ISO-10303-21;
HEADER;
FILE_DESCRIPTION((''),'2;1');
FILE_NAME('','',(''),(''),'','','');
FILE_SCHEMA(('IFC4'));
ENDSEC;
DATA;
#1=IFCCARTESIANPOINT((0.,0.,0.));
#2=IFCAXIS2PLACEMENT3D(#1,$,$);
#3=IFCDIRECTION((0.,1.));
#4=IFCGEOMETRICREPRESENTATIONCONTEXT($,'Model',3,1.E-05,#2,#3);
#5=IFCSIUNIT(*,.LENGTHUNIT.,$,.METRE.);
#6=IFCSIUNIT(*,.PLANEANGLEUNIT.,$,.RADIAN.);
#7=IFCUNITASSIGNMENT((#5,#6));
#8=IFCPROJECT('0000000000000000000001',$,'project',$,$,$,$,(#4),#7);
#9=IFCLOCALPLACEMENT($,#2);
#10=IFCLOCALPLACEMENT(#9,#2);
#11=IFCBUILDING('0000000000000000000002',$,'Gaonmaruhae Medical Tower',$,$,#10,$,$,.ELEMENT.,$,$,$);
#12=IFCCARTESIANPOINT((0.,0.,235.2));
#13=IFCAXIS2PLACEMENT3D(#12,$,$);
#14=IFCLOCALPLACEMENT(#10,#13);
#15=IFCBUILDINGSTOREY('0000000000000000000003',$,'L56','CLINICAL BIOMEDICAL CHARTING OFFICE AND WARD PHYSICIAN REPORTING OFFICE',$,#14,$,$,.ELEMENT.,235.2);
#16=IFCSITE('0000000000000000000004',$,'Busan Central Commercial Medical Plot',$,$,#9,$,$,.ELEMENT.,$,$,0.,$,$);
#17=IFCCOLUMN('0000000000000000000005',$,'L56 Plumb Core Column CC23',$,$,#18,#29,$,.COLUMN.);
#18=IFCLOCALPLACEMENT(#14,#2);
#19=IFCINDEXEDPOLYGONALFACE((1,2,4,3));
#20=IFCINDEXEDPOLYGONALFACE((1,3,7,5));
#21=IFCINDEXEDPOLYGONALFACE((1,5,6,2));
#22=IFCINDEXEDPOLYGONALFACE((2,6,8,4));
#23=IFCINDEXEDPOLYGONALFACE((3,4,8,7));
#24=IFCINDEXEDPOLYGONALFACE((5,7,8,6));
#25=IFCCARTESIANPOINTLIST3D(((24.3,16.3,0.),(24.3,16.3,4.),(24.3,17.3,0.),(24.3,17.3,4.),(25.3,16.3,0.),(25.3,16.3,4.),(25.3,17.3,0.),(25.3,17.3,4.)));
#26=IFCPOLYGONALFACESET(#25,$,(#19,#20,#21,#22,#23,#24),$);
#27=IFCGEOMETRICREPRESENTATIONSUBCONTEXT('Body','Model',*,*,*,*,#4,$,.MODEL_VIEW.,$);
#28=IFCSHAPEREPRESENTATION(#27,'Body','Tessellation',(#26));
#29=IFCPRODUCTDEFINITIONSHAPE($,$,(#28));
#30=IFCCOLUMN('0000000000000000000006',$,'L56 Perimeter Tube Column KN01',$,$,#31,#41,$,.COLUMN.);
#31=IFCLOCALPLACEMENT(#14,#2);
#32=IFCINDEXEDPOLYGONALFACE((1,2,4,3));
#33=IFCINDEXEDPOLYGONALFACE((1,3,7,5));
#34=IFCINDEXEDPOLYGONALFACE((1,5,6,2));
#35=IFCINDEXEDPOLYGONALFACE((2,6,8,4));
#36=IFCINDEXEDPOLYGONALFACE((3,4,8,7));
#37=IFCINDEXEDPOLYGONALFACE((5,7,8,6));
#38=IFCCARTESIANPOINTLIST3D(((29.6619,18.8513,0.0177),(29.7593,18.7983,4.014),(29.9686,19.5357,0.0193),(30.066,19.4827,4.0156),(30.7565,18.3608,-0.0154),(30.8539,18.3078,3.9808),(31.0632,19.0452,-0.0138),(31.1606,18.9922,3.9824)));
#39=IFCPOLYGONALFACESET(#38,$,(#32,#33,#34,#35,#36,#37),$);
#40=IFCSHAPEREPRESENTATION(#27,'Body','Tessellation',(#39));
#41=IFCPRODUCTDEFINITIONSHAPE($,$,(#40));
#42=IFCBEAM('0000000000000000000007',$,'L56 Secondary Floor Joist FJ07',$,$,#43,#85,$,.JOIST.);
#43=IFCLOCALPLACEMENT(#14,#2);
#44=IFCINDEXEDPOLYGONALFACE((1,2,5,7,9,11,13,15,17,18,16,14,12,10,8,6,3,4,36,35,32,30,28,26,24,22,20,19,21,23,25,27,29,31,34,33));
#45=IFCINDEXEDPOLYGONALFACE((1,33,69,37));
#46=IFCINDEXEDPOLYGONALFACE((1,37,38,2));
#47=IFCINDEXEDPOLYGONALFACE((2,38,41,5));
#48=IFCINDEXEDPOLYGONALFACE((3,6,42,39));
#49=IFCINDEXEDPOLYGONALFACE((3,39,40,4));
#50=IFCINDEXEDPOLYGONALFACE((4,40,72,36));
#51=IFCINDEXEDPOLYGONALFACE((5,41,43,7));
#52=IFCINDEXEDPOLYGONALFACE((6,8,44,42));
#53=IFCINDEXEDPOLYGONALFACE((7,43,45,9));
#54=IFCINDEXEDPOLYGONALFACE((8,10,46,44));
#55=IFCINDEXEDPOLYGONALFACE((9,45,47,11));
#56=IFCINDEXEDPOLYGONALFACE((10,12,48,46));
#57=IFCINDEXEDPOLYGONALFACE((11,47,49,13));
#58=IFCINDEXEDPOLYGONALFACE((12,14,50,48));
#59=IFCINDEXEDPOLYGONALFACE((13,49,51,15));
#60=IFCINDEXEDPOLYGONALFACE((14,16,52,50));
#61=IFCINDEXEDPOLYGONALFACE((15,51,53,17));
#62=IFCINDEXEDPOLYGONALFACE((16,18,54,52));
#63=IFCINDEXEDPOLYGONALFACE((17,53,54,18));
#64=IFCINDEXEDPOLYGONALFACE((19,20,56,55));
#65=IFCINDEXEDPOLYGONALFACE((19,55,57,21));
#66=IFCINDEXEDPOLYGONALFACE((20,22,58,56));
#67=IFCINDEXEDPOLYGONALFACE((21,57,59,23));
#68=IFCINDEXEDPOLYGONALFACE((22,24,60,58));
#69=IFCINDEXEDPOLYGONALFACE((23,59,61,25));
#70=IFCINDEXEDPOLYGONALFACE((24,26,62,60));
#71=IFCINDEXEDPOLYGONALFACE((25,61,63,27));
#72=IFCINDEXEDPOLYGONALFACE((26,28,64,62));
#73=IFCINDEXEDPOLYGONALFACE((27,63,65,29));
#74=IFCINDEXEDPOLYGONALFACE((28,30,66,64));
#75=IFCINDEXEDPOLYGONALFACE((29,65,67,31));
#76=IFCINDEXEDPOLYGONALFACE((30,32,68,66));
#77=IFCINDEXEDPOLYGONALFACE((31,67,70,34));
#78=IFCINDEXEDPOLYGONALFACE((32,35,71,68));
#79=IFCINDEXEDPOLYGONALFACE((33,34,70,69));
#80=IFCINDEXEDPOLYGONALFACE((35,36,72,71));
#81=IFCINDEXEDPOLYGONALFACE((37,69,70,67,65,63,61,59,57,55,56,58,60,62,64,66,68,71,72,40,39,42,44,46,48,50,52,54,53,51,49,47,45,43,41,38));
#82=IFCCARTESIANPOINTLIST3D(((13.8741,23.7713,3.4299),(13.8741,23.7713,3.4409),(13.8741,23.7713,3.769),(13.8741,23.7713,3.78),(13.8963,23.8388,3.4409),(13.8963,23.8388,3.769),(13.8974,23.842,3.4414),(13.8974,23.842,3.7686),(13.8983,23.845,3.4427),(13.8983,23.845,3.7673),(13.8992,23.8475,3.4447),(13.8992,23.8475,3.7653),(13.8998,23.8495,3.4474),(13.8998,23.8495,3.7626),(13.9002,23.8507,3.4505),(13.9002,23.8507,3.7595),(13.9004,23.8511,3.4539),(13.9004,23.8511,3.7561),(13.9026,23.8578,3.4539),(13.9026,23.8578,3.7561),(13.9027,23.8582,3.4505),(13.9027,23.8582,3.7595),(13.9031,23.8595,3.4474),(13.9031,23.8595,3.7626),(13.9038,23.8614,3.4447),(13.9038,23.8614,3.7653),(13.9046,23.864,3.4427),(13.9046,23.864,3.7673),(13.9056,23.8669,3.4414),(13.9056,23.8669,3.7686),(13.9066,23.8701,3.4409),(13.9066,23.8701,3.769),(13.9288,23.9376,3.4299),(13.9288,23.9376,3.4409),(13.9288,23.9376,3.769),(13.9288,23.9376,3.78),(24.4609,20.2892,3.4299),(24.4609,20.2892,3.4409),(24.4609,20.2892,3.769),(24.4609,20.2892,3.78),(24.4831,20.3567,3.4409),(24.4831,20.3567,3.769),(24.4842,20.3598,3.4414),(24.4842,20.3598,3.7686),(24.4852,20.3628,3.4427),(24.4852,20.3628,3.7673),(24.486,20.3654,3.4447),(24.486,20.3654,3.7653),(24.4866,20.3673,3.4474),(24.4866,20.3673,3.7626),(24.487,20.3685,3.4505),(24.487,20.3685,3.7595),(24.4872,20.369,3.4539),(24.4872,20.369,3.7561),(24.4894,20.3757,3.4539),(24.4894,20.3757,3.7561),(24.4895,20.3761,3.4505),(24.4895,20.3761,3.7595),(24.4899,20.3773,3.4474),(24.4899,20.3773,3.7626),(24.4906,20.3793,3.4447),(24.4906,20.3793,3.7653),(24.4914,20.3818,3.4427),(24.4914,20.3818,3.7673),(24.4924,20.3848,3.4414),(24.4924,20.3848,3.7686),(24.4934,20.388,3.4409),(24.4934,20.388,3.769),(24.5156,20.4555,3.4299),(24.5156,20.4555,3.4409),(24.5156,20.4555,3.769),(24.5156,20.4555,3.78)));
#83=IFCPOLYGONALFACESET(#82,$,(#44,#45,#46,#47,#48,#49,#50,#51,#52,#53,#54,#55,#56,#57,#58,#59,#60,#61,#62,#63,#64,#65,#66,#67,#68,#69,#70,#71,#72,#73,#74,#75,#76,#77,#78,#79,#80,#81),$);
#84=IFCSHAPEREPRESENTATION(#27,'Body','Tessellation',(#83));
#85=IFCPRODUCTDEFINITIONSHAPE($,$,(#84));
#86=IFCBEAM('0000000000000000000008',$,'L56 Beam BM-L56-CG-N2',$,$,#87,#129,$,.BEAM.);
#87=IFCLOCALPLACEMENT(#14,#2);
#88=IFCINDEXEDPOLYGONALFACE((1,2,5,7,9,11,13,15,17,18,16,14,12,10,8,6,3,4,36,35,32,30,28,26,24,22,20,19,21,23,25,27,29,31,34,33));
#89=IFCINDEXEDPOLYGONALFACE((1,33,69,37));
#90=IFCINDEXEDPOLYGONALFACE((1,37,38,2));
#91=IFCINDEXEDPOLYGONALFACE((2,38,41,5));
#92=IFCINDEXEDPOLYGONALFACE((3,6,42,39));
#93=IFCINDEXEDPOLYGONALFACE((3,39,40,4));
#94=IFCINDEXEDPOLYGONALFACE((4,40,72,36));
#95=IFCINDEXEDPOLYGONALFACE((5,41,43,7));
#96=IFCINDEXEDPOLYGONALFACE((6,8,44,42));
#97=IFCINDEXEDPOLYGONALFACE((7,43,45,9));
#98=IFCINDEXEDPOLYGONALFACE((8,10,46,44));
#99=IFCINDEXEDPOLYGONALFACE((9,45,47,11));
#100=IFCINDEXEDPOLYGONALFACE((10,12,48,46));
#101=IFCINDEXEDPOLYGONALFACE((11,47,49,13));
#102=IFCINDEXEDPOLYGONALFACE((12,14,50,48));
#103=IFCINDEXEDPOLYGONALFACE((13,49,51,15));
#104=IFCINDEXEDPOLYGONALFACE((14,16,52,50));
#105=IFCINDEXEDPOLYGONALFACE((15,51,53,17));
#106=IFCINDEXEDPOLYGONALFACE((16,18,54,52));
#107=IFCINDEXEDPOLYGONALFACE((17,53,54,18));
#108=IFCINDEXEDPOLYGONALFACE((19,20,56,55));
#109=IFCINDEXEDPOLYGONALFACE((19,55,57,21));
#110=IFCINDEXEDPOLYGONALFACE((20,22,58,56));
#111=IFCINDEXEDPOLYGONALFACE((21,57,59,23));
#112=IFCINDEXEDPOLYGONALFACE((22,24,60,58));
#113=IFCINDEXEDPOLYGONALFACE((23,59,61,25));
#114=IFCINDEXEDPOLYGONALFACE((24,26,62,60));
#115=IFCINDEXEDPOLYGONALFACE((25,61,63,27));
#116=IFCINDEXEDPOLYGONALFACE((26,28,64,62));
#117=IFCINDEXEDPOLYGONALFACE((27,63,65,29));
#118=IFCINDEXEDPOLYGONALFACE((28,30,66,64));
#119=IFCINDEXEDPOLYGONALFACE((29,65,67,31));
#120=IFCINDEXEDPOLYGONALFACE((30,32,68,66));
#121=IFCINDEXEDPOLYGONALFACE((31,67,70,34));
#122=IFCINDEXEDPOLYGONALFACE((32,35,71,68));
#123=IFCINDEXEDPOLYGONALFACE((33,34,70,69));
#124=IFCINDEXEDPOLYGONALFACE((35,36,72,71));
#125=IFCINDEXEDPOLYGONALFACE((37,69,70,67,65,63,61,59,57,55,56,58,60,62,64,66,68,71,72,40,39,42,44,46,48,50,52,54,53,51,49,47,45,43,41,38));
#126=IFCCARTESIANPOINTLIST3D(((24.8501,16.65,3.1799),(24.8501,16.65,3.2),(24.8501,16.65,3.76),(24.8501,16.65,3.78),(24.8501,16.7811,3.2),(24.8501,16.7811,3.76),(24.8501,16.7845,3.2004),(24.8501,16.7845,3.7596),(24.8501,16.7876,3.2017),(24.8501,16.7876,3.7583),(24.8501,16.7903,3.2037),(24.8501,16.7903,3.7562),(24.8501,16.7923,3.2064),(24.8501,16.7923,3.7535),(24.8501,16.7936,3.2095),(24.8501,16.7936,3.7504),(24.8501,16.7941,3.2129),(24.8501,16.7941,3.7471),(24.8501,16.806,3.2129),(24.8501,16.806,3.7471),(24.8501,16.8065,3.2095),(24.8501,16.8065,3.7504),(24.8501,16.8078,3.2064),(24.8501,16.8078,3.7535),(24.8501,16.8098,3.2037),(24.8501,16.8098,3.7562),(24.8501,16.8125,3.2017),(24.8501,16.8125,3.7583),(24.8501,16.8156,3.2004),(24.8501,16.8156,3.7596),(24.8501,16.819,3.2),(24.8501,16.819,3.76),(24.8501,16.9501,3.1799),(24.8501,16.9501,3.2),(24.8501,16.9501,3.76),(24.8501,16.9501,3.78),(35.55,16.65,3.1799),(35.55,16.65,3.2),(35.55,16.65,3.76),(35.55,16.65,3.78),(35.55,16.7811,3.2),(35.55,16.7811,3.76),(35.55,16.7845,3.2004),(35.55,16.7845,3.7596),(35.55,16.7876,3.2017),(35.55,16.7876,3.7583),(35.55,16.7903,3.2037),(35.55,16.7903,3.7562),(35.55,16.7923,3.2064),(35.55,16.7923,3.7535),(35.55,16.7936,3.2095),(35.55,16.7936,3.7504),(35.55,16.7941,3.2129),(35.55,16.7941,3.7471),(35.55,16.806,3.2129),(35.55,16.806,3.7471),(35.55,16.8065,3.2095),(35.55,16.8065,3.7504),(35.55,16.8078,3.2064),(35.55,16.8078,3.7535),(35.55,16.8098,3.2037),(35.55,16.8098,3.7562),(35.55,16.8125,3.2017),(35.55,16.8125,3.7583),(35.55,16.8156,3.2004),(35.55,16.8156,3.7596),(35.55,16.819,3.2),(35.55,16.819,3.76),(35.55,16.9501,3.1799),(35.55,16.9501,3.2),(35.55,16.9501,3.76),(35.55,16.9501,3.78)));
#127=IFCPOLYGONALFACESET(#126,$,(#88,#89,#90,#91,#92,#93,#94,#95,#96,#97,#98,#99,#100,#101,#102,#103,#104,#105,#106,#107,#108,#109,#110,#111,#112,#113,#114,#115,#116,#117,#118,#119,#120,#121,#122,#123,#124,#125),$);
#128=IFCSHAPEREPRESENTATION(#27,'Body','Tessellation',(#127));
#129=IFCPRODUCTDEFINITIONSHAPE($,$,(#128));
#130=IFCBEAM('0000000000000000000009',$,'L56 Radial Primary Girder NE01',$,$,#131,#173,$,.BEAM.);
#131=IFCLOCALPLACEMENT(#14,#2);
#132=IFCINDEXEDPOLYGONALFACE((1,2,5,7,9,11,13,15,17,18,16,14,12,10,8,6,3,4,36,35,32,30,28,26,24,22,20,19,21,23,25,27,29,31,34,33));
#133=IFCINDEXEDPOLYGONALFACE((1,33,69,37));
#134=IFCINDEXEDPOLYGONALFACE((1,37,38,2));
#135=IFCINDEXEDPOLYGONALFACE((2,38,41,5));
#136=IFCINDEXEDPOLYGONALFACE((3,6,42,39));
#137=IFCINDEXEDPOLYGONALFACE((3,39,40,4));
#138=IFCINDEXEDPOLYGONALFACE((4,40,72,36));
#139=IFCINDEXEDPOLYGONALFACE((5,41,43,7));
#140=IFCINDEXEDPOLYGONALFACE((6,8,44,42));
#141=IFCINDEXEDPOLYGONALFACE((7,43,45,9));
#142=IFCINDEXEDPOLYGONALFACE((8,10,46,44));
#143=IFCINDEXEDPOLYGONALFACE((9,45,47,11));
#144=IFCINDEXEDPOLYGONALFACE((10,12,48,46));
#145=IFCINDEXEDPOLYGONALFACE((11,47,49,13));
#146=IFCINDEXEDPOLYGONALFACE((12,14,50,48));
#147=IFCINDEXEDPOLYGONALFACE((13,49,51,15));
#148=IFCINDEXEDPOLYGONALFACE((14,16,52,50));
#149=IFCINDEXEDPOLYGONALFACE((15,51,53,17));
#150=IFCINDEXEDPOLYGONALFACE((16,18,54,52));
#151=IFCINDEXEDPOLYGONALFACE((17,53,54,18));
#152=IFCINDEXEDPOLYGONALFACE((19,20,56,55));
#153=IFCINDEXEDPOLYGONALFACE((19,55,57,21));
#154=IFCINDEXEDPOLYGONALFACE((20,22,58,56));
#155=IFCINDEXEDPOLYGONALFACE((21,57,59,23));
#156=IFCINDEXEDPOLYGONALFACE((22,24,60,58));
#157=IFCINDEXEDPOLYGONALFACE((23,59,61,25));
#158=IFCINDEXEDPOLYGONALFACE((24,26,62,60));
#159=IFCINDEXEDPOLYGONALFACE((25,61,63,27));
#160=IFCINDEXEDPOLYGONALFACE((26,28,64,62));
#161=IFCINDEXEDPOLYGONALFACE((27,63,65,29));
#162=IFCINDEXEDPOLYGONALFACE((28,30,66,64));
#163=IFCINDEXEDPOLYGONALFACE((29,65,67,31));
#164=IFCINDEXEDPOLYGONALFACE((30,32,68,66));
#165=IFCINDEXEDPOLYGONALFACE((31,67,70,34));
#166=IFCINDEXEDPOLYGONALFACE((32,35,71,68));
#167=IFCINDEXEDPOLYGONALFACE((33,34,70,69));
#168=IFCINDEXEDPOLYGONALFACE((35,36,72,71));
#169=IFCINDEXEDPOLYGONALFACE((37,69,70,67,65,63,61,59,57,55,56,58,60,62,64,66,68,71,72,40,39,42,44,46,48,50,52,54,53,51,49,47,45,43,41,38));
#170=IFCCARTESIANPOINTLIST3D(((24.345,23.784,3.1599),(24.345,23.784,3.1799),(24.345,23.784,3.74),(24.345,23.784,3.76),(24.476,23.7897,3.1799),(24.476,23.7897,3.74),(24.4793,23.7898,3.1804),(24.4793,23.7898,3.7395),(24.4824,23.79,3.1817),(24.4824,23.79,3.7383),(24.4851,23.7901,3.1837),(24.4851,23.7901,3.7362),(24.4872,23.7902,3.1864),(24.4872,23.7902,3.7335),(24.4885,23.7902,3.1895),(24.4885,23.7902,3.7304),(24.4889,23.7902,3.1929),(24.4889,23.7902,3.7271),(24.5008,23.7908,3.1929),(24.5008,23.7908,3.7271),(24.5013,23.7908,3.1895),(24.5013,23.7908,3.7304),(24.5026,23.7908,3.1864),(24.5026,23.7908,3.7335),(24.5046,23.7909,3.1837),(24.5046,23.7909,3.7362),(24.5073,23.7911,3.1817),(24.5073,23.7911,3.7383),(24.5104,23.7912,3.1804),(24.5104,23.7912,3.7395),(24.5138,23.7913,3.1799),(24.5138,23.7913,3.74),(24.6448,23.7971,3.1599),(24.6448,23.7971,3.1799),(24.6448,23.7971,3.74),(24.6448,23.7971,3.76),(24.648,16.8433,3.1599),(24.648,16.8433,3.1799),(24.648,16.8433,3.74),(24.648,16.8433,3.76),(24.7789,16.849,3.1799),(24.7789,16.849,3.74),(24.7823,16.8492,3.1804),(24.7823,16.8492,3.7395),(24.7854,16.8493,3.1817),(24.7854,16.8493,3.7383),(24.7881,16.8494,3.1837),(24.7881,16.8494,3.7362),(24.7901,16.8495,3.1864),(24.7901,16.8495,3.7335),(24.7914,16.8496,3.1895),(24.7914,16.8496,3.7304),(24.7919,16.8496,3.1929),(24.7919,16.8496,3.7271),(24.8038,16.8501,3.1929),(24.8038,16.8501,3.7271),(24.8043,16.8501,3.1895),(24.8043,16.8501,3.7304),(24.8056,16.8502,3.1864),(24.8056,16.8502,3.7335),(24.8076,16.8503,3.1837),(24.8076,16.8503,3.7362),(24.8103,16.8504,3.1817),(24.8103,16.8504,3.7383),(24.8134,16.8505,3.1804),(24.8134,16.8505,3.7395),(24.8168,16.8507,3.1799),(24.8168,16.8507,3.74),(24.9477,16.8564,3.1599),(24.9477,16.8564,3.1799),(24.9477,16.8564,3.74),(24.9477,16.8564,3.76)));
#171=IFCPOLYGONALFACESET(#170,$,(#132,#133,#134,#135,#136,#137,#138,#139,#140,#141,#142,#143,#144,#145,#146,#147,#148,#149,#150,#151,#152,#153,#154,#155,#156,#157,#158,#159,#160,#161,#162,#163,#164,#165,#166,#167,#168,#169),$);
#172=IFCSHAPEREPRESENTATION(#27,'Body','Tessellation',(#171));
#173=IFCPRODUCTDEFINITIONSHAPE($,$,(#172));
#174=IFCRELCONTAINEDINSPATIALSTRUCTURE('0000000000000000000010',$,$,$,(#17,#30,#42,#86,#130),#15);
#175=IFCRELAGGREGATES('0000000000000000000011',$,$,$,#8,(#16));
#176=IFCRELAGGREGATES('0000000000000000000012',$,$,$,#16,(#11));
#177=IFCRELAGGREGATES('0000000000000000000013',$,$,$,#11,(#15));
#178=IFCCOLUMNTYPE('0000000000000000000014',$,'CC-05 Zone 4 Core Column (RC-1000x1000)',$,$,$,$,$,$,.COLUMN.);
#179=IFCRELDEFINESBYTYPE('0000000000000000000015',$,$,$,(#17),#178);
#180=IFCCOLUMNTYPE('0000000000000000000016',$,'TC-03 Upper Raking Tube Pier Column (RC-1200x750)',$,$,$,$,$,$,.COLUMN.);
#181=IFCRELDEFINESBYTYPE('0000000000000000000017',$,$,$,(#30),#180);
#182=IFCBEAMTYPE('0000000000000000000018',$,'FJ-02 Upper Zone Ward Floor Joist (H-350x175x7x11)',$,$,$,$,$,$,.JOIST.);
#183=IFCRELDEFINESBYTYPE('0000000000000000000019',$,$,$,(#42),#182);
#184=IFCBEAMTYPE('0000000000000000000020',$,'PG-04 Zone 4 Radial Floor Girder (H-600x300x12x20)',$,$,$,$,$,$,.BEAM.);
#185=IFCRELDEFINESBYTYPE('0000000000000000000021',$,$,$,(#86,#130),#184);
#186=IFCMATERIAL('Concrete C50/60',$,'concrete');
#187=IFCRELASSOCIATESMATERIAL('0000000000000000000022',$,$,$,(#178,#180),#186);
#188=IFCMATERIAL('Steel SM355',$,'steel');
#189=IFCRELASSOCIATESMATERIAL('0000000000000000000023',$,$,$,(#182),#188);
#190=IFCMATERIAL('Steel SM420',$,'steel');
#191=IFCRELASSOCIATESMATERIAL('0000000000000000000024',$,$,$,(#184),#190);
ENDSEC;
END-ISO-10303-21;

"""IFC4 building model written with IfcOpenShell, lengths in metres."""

from ifc_helpers import new_model, si_unit, direction, frame, origin, origin_2d, place, context, subcontext, project, spatial, rectangle, i_section, extrude, material, material_profile, profile_set, type_object, element, save


model = new_model("IFC4")

# Units and contexts
model_context = context("Model", 3, precision=1e-05, world=origin(), true_north=direction((0.0, 1.0)))
body_context = subcontext(model_context, "Body", "Model", "MODEL_VIEW")
ifc_project = project(units=[si_unit("LENGTHUNIT", "METRE"), si_unit("PLANEANGLEUNIT", "RADIAN")], contexts=[model_context])

# Site, building, storey
site_placement = place(None, origin())
site = spatial("IfcSite", under=ifc_project, at=site_placement, Name="Busan Central Commercial Medical Plot", CompositionType="ELEMENT", RefElevation=0.0)
building_placement = place(site_placement, origin())
building = spatial("IfcBuilding", under=site, at=building_placement, Name="Gaonmaruhae Medical Tower", CompositionType="ELEMENT")
storey_placement = place(building_placement, frame((0.0, 0.0, 235.2)))
storey = spatial("IfcBuildingStorey", under=building, at=storey_placement, Name="L56", Description="CLINICAL BIOMEDICAL CHARTING OFFICE AND WARD PHYSICIAN REPORTING OFFICE", CompositionType="ELEMENT", Elevation=235.2)

# Columns
ifc_material_1 = material(Name="Concrete C50/60", Category="concrete")
ifc_material_profile_1 = material_profile(ifc_material_1, rectangle(XDim=1.0, YDim=1.0, at=origin_2d()), Name="RC-1000x1000")
ifc_profile_set_1 = profile_set([ifc_material_profile_1], Name="Concrete C50/60")
column_type_1 = type_object("IfcColumnType", Name="CC-05 Zone 4 Core Column (RC-1000x1000)", PredefinedType="COLUMN", material=ifc_profile_set_1)
column_1_placement = place(storey_placement, frame((24.8, 16.8, 0.0), z_axis=(0.0, 0.0, 1.0), x_axis=(1.0, 0.0, 0.0)))
element("IfcColumn", 1, at=column_1_placement, inside=storey, type_object=column_type_1, Name="L56 Plumb Core Column CC23", PredefinedType="COLUMN", context=body_context, shape_type="SweptSolid", body=[
    extrude(rectangle(XDim=1.0, YDim=1.0, at=origin_2d()), origin(), (0.0, 0.0, 1.0), 4.0),
])
ifc_material_profile_2 = material_profile(ifc_material_1, rectangle(XDim=1.2, YDim=0.75, at=origin_2d()), Name="RC-1200x750")
ifc_profile_set_2 = profile_set([ifc_material_profile_2], Name="Concrete C50/60")
column_type_2 = type_object("IfcColumnType", Name="TC-03 Upper Raking Tube Pier Column (RC-1200x750)", PredefinedType="COLUMN", material=ifc_profile_set_2)
column_2_placement = place(storey_placement, frame((30.3625, 18.9482, 0.002), z_axis=(0.024366, -0.013252, 0.999615), x_axis=(-0.912212, 0.408784, 0.027655)))
element("IfcColumn", 2, at=column_2_placement, inside=storey, type_object=column_type_2, Name="L56 Perimeter Tube Column KN01", PredefinedType="COLUMN", context=body_context, shape_type="SweptSolid", body=[
    extrude(rectangle(XDim=1.2, YDim=0.75, at=origin_2d()), origin(), (0.0, 0.0, 1.0), 3.9978),
])

# Beams
ifc_material_2 = material(Name="Steel SM355", Category="steel")
ifc_material_profile_3 = material_profile(ifc_material_2, i_section(OverallWidth=0.175, OverallDepth=0.3501, WebThickness=0.0071, FlangeThickness=0.011, FilletRadius=0.0129, at=origin_2d()), Name="H-350x175x7x11")
ifc_profile_set_3 = profile_set([ifc_material_profile_3], Name="Steel SM355")
beam_type_1 = type_object("IfcBeamType", Name="FJ-02 Upper Zone Ward Floor Joist (H-350x175x7x11)", PredefinedType="JOIST", material=ifc_profile_set_3)
beam_1_placement = place(storey_placement, frame((24.4883, 20.3723, 3.605), z_axis=(-0.949935, 0.312446, 0.0), x_axis=(-0.312446, -0.949935, 0.0)))
element("IfcBeam", 3, at=beam_1_placement, inside=storey, type_object=beam_type_1, Name="L56 Secondary Floor Joist FJ07", PredefinedType="JOIST", context=body_context, shape_type="SweptSolid", body=[
    extrude(i_section(OverallWidth=0.175, OverallDepth=0.3501, WebThickness=0.0071, FlangeThickness=0.011, FilletRadius=0.0129, at=origin_2d()), origin(), (0.0, 0.0, 1.0), 11.1448),
])
ifc_material_3 = material(Name="Steel SM420", Category="steel")
ifc_material_profile_4 = material_profile(ifc_material_3, i_section(OverallWidth=0.3, OverallDepth=0.6001, WebThickness=0.012, FlangeThickness=0.02, FilletRadius=0.0129, at=origin_2d()), Name="H-600x300x12x20")
ifc_profile_set_4 = profile_set([ifc_material_profile_4], Name="Steel SM420")
beam_type_2 = type_object("IfcBeamType", Name="PG-04 Zone 4 Radial Floor Girder (H-600x300x12x20)", PredefinedType="BEAM", material=ifc_profile_set_4)
beam_2_placement = place(storey_placement, frame((24.8501, 16.8, 3.48), z_axis=(1.0, 0.0, 0.0), x_axis=(0.0, 1.0, 0.0)))
element("IfcBeam", 4, at=beam_2_placement, inside=storey, type_object=beam_type_2, Name="L56 Beam BM-L56-CG-N2", PredefinedType="BEAM", context=body_context, shape_type="SweptSolid", body=[
    extrude(i_section(OverallWidth=0.3, OverallDepth=0.6001, WebThickness=0.012, FlangeThickness=0.02, FilletRadius=0.0129, at=origin_2d()), origin(), (0.0, 0.0, 1.0), 10.7),
])
beam_3_placement = place(storey_placement, frame((24.7979, 16.8499, 3.46), z_axis=(-0.043611, 0.999049, 0.0), x_axis=(-0.999049, -0.043611, 0.0)))
element("IfcBeam", 5, at=beam_3_placement, inside=storey, type_object=beam_type_2, Name="L56 Radial Primary Girder NE01", PredefinedType="BEAM", context=body_context, shape_type="SweptSolid", body=[
    extrude(i_section(OverallWidth=0.3, OverallDepth=0.6001, WebThickness=0.012, FlangeThickness=0.02, FilletRadius=0.0129, at=origin_2d()), origin(), (0.0, 0.0, 1.0), 6.9473),
])

save(model, "model.ifc")
